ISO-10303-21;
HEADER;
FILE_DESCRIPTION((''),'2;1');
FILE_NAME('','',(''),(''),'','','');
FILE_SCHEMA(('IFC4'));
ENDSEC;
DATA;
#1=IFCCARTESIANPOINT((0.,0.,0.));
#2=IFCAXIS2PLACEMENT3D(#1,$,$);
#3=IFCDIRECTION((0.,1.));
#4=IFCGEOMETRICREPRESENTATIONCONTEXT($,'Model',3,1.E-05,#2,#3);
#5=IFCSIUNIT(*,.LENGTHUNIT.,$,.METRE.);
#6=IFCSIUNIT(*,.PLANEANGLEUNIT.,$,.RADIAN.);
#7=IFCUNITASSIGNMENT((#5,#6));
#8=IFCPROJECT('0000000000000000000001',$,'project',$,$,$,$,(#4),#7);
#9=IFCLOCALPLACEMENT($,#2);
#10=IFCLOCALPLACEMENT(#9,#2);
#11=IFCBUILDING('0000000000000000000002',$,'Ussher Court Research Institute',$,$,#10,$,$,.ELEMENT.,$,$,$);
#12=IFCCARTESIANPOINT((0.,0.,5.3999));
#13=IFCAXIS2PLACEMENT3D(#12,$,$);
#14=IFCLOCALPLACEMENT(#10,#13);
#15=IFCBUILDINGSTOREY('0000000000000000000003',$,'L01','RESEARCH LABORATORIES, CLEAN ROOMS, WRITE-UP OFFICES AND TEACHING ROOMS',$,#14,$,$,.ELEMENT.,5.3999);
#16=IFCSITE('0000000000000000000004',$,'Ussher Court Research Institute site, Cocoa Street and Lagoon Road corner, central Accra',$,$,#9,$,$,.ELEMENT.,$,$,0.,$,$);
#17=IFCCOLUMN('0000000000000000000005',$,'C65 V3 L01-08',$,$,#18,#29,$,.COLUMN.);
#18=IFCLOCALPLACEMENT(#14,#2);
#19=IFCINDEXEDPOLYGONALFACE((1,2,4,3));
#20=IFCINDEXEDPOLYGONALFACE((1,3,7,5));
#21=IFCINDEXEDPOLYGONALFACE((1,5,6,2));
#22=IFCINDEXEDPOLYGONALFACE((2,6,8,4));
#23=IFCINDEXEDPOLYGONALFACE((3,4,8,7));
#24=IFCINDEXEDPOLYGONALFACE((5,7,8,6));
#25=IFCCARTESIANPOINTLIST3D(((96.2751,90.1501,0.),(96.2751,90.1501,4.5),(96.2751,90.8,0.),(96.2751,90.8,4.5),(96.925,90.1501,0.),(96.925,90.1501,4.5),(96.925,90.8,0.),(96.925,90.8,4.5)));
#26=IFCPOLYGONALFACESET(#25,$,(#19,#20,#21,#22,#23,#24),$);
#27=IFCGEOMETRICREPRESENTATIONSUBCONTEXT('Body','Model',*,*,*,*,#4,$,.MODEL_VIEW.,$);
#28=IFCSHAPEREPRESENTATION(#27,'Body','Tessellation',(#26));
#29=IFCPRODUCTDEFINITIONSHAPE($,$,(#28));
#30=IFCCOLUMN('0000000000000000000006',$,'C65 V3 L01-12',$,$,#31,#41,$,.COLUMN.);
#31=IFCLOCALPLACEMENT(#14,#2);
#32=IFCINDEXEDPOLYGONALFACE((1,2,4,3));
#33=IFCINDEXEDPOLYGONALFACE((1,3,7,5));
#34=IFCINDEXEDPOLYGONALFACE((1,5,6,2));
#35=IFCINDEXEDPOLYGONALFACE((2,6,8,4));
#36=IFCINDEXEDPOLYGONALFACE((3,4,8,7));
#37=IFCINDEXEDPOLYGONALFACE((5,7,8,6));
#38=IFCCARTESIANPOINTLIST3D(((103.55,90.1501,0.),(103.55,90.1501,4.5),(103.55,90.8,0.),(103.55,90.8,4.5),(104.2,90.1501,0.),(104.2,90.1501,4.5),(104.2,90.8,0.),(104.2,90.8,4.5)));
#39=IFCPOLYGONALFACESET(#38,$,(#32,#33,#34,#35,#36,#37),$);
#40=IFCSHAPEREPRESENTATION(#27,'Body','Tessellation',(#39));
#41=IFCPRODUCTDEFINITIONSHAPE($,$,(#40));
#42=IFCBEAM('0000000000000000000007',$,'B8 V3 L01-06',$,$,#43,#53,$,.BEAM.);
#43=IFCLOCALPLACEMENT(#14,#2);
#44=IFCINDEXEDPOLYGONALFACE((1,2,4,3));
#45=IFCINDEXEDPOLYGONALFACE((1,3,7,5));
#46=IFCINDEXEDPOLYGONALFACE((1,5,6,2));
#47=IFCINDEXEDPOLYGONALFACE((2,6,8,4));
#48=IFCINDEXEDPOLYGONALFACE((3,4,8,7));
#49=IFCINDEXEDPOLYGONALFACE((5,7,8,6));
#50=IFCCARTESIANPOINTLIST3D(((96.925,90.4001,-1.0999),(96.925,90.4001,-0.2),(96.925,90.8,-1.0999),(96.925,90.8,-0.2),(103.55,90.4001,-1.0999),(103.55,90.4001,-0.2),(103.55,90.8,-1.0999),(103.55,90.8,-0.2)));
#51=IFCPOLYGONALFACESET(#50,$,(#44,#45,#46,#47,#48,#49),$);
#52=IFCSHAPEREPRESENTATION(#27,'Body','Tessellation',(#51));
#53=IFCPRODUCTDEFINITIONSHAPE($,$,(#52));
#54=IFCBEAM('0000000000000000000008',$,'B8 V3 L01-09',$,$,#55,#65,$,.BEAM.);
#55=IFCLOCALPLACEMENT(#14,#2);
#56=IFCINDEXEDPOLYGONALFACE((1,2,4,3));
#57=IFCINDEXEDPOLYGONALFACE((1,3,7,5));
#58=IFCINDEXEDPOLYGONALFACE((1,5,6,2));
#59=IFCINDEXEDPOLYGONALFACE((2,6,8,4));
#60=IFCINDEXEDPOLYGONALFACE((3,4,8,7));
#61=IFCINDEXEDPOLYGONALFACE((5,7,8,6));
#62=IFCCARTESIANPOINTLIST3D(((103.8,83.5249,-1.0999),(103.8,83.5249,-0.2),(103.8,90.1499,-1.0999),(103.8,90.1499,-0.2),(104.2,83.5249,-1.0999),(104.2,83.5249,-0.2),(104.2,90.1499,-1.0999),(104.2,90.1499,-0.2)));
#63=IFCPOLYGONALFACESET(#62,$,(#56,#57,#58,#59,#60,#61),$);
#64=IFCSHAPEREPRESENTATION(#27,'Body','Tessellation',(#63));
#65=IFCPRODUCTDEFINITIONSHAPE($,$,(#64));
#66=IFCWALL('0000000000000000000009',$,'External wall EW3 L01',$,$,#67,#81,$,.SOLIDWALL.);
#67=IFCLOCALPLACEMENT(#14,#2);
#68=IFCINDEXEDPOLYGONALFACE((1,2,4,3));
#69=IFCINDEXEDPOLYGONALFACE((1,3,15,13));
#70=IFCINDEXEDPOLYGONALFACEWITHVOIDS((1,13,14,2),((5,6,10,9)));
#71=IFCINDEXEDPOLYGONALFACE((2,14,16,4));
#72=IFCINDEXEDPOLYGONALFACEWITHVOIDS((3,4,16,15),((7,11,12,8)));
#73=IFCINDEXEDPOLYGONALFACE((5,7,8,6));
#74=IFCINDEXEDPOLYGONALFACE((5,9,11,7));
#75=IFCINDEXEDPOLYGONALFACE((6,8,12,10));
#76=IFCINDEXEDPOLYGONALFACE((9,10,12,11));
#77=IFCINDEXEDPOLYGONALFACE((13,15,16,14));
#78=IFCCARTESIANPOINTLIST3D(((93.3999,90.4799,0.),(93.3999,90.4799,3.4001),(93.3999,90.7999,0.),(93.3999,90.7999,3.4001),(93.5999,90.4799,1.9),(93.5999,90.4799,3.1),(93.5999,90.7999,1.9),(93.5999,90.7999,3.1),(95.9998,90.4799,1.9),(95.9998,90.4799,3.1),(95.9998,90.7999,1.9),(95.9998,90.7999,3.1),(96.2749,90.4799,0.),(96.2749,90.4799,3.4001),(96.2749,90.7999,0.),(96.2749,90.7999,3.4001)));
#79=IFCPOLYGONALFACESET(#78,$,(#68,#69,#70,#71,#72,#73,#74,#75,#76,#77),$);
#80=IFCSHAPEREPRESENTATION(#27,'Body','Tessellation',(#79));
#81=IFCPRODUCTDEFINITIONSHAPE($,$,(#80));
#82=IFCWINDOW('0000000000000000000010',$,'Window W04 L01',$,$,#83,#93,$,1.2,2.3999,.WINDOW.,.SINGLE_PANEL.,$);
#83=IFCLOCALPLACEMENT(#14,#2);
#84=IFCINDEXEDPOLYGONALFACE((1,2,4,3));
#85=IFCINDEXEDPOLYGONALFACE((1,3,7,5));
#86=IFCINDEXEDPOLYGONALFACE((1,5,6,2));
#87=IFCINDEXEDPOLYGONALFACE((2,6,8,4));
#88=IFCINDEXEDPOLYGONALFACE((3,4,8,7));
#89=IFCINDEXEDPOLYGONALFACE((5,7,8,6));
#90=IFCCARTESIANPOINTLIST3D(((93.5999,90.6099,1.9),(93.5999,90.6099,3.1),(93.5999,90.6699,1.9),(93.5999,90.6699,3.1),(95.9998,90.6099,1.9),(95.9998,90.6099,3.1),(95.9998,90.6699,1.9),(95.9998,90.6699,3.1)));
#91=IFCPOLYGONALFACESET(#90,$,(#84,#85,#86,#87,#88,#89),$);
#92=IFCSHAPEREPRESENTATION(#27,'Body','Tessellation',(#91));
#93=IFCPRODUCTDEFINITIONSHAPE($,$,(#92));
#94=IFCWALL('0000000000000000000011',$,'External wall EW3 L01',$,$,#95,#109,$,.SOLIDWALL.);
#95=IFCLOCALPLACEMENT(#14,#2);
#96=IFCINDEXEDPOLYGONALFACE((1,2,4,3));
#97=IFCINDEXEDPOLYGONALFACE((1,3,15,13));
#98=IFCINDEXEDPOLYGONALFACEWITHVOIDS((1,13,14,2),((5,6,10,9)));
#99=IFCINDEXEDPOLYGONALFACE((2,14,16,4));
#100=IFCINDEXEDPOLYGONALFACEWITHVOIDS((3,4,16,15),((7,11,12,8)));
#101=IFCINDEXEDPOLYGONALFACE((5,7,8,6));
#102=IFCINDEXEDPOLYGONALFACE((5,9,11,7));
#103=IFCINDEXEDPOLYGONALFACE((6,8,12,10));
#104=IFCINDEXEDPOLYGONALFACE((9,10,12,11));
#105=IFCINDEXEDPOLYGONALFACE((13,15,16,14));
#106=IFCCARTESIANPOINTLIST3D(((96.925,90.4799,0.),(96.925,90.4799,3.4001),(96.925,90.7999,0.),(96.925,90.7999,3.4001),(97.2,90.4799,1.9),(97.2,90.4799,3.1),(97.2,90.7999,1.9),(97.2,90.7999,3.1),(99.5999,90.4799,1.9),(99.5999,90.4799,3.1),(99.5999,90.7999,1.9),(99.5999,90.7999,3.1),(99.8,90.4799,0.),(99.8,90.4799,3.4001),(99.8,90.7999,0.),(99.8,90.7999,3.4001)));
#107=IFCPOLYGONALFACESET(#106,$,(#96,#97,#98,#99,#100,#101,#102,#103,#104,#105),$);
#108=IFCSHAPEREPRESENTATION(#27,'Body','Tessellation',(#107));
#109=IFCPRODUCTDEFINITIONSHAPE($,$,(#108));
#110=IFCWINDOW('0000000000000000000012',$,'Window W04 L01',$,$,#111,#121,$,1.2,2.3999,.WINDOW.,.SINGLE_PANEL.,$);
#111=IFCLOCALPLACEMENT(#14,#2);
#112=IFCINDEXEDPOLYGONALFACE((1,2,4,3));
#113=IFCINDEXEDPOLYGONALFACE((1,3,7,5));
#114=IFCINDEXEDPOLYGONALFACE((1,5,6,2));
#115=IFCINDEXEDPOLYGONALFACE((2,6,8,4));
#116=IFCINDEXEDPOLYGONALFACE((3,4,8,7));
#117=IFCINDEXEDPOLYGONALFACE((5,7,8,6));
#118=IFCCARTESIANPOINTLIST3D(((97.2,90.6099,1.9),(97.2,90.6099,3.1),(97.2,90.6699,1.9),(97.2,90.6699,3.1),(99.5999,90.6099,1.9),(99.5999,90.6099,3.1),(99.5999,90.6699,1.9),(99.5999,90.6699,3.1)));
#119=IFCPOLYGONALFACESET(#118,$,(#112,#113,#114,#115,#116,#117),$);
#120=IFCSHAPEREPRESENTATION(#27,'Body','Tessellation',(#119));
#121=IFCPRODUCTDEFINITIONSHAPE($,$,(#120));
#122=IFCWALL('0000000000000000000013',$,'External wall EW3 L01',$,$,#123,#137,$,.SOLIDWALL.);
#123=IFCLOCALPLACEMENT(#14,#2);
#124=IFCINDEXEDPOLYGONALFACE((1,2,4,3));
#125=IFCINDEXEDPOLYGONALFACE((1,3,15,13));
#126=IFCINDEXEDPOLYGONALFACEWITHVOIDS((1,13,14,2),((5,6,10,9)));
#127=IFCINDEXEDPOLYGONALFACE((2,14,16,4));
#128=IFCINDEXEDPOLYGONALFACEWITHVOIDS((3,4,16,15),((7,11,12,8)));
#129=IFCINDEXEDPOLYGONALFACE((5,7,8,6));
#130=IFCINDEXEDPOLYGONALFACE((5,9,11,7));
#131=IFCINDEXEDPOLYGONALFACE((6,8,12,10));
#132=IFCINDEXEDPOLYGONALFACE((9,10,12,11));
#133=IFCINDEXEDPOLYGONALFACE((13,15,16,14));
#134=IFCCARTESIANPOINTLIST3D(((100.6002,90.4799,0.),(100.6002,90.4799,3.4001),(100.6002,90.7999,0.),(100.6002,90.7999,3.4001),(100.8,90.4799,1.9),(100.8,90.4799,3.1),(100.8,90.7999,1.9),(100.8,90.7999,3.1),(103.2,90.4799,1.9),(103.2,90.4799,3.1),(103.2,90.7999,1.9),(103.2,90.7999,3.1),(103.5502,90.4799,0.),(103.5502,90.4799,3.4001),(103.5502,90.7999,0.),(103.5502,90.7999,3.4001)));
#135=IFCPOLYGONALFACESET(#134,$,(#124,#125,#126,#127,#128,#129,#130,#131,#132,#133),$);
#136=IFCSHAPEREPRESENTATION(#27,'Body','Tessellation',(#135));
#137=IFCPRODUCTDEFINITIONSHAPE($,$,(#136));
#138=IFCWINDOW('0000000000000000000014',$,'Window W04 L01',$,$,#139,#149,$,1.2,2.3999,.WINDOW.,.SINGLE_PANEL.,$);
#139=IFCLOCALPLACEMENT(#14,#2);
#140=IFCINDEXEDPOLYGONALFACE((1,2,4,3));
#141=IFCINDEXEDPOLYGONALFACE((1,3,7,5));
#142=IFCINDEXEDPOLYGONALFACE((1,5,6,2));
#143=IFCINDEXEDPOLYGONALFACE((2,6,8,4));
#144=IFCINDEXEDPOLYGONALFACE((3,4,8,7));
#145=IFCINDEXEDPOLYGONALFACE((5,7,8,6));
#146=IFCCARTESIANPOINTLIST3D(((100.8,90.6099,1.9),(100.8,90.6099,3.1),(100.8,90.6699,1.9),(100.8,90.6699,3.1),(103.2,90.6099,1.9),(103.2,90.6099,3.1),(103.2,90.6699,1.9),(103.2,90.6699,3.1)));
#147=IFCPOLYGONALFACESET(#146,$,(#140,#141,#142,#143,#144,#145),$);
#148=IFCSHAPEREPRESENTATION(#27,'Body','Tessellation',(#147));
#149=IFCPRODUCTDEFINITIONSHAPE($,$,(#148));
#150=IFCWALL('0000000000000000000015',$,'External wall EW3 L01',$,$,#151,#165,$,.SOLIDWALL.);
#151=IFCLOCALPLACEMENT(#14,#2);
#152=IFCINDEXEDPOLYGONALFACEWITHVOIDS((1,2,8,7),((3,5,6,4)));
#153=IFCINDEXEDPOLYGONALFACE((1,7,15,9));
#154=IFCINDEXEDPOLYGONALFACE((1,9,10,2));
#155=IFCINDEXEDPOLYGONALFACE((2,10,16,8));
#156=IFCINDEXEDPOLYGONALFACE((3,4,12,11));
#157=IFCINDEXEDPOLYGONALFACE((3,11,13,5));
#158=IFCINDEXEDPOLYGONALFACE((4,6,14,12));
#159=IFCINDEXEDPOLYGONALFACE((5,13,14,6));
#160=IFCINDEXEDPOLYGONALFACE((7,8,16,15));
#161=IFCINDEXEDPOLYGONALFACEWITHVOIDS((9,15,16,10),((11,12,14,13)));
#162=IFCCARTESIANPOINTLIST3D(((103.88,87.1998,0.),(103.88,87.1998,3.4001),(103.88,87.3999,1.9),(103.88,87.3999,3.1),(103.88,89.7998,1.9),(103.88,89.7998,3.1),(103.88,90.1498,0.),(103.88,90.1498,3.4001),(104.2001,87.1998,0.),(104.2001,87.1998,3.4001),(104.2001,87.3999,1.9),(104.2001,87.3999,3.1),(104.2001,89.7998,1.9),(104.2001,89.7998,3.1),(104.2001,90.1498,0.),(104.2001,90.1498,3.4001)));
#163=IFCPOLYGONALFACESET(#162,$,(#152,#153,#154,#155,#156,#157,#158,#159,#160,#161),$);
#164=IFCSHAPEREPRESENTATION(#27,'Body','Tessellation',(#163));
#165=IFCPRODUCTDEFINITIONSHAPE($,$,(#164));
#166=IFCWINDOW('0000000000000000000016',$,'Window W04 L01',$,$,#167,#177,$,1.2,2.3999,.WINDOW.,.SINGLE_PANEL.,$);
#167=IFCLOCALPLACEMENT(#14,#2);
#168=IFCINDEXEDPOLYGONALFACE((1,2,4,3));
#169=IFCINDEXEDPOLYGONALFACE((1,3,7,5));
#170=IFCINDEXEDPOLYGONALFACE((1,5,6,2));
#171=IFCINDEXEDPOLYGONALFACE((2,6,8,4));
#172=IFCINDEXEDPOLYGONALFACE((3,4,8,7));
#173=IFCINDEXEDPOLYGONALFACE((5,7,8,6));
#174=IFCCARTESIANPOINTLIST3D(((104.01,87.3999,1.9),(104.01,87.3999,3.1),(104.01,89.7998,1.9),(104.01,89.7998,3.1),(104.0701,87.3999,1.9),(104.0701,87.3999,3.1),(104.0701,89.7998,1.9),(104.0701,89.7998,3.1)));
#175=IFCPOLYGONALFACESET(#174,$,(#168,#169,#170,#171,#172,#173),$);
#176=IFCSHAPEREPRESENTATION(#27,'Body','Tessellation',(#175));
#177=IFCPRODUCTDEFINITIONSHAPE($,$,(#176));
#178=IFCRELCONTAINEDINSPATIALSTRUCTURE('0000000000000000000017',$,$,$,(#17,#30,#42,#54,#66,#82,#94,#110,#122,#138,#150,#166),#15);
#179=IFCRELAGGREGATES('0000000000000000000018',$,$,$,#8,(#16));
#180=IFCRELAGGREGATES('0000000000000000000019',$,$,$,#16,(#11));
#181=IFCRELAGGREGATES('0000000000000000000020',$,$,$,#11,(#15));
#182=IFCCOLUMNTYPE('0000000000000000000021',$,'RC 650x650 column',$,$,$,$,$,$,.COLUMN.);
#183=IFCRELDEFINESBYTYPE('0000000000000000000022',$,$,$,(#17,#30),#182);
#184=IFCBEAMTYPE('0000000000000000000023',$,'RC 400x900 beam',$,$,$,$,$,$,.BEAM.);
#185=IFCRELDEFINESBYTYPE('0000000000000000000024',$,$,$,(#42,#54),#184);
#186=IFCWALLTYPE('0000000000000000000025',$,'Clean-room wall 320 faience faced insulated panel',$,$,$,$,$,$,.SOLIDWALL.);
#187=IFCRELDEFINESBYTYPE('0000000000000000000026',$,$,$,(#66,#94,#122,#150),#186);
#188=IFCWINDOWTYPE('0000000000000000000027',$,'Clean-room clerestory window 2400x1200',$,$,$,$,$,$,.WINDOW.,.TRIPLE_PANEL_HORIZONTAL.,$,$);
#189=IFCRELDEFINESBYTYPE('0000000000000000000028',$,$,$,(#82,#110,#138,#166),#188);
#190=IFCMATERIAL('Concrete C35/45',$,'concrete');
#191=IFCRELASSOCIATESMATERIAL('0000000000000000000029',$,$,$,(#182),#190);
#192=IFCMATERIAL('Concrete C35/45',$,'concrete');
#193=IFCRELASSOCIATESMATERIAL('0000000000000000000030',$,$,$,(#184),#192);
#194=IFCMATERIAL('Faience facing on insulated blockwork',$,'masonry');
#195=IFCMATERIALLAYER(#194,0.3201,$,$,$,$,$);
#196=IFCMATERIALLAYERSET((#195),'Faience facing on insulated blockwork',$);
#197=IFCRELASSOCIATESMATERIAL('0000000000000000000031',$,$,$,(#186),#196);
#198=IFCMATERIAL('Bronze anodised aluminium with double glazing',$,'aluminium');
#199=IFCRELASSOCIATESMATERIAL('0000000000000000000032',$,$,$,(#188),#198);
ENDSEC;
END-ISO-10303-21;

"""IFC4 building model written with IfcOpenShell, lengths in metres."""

from ifc_helpers import new_model, si_unit, direction, frame, frame_2d, origin, origin_2d, place, context, subcontext, project, spatial, rectangle, extrude, material, layer, layer_set, material_profile, profile_set, type_object, element, fill, save


model = new_model("IFC4")

# Units and contexts
model_context = context("Model", 3, precision=1e-05, world=origin(), true_north=direction((0.0, 1.0)))
body_context = subcontext(model_context, "Body", "Model", "MODEL_VIEW")
ifc_project = project(units=[si_unit("LENGTHUNIT", "METRE"), si_unit("PLANEANGLEUNIT", "RADIAN")], contexts=[model_context])

# Site, building, storey
site_placement = place(None, origin())
site = spatial("IfcSite", under=ifc_project, at=site_placement, Name="Ussher Court Research Institute site, Cocoa Street and Lagoon Road corner, central Accra", CompositionType="ELEMENT", RefElevation=0.0)
building_placement = place(site_placement, origin())
building = spatial("IfcBuilding", under=site, at=building_placement, Name="Ussher Court Research Institute", CompositionType="ELEMENT")
storey_placement = place(building_placement, frame((0.0, 0.0, 5.3999)))
storey = spatial("IfcBuildingStorey", under=building, at=storey_placement, Name="L01", Description="RESEARCH LABORATORIES, CLEAN ROOMS, WRITE-UP OFFICES AND TEACHING ROOMS", CompositionType="ELEMENT", Elevation=5.3999)

# Columns
ifc_material_1 = material(Name="Concrete C35/45", Category="concrete")
ifc_material_profile_1 = material_profile(ifc_material_1, rectangle(XDim=0.6499, YDim=0.6499, at=origin_2d()), Name="RC 650x650")
ifc_profile_set_1 = profile_set([ifc_material_profile_1], Name="Concrete C35/45")
column_type = type_object("IfcColumnType", Name="RC 650x650 column", PredefinedType="COLUMN", material=ifc_profile_set_1)
for number, where, z_axis, x_axis, name in (
    (1, (96.6001, 90.4751, 0.0), (0.0, 0.0, 1.0), (1.0, 0.0, 0.0), "C65 V3 L01-08"),
    (2, (103.875, 90.4751, 0.0), (0.0, 0.0, 1.0), (1.0, 0.0, 0.0), "C65 V3 L01-12"),
):
    element("IfcColumn", number, at=place(storey_placement, frame(where, z_axis=z_axis, x_axis=x_axis)), inside=storey, type_object=column_type, Name=name, PredefinedType="COLUMN", context=body_context, shape_type="SweptSolid", body=[
        extrude(rectangle(XDim=0.6499, YDim=0.6499, at=origin_2d()), origin(), (0.0, 0.0, 1.0), 4.5),
    ])

# Beams
ifc_material_2 = material(Name="Concrete C35/45", Category="concrete")
ifc_material_profile_2 = material_profile(ifc_material_2, rectangle(XDim=0.3999, YDim=0.8999, at=origin_2d()), Name="RC 400x900")
ifc_profile_set_2 = profile_set([ifc_material_profile_2], Name="Concrete C35/45")
beam_type = type_object("IfcBeamType", Name="RC 400x900 beam", PredefinedType="BEAM", material=ifc_profile_set_2)
for number, where, z_axis, x_axis, name in (
    (3, (96.925, 90.6001, -0.6499), (1.0, 0.0, 0.0), (0.0, 1.0, 0.0), "B8 V3 L01-06"),
    (4, (104.0, 83.5249, -0.6499), (0.0, 1.0, 0.0), (-1.0, 0.0, 0.0), "B8 V3 L01-09"),
):
    element("IfcBeam", number, at=place(storey_placement, frame(where, z_axis=z_axis, x_axis=x_axis)), inside=storey, type_object=beam_type, Name=name, PredefinedType="BEAM", context=body_context, shape_type="SweptSolid", body=[
        extrude(rectangle(XDim=0.3999, YDim=0.8999, at=origin_2d()), origin(), (0.0, 0.0, 1.0), 6.625),
    ])

# Walls, openings, windows
ifc_material_3 = material(Name="Faience facing on insulated blockwork", Category="masonry")
ifc_layer_1 = layer(ifc_material_3, 0.3201)
ifc_layer_set_1 = layer_set([ifc_layer_1], Name="Faience facing on insulated blockwork")
wall_type_1 = type_object("IfcWallType", Name="Clean-room wall 320 faience faced insulated panel", PredefinedType="SOLIDWALL", material=ifc_layer_set_1)
wall_1_placement = place(storey_placement, frame((93.3999, 90.6399, 0.0), z_axis=(0.0, 0.0, 1.0), x_axis=(1.0, 0.0, 0.0)))
wall_1 = element("IfcWall", 5, at=wall_1_placement, inside=storey, type_object=wall_type_1, Name="External wall EW3 L01", PredefinedType="SOLIDWALL", context=body_context, shape_type="SweptSolid", body=[
    extrude(rectangle(XDim=2.875, YDim=0.3201, at=frame_2d((1.4375, 0.0))), origin(), (0.0, 0.0, 1.0), 3.4001),
])
opening_1_placement = place(wall_1_placement, frame((0.2, 0.0, 1.8999)))
opening_1 = element("IfcOpeningElement", 6, at=opening_1_placement, cuts=wall_1, PredefinedType="OPENING", context=body_context, shape_type="SweptSolid", body=[
    extrude(rectangle(XDim=2.3999, YDim=1.2, at=frame_2d((1.2, 0.6001))), frame((0.0, 0.1699, 0.0), z_axis=(0.0, -1.0, 0.0), x_axis=(1.0, 0.0, 0.0)), (0.0, 0.0, 1.0), 0.3401),
])
ifc_material_4 = material(Name="Bronze anodised aluminium with double glazing", Category="aluminium")
window_type = type_object("IfcWindowType", Name="Clean-room clerestory window 2400x1200", PartitioningType="TRIPLE_PANEL_HORIZONTAL", PredefinedType="WINDOW", material=ifc_material_4)
window_1_placement = place(opening_1_placement, origin())
window_1 = element("IfcWindow", 7, at=window_1_placement, inside=storey, type_object=window_type, Name="Window W04 L01", OverallHeight=1.2, OverallWidth=2.3999, PartitioningType="SINGLE_PANEL", PredefinedType="WINDOW", context=body_context, shape_type="SweptSolid", body=[
    extrude(rectangle(XDim=2.3999, YDim=1.2, at=frame_2d((1.2, 0.6001))), frame((0.0, 0.03, 0.0), z_axis=(0.0, -1.0, 0.0), x_axis=(1.0, 0.0, 0.0)), (0.0, 0.0, 1.0), 0.0601),
])
fill(opening_1, window_1)
wall_2_placement = place(storey_placement, frame((96.925, 90.6399, 0.0), z_axis=(0.0, 0.0, 1.0), x_axis=(1.0, 0.0, 0.0)))
wall_2 = element("IfcWall", 8, at=wall_2_placement, inside=storey, type_object=wall_type_1, Name="External wall EW3 L01", PredefinedType="SOLIDWALL", context=body_context, shape_type="SweptSolid", body=[
    extrude(rectangle(XDim=2.875, YDim=0.3201, at=frame_2d((1.4375, 0.0))), origin(), (0.0, 0.0, 1.0), 3.4001),
])
opening_2_placement = place(wall_2_placement, frame((0.2749, 0.0, 1.8999)))
opening_2 = element("IfcOpeningElement", 9, at=opening_2_placement, cuts=wall_2, PredefinedType="OPENING", context=body_context, shape_type="SweptSolid", body=[
    extrude(rectangle(XDim=2.3999, YDim=1.2, at=frame_2d((1.2, 0.6001))), frame((0.0, 0.1699, 0.0), z_axis=(0.0, -1.0, 0.0), x_axis=(1.0, 0.0, 0.0)), (0.0, 0.0, 1.0), 0.3401),
])
window_2_placement = place(opening_2_placement, origin())
window_2 = element("IfcWindow", 10, at=window_2_placement, inside=storey, type_object=window_type, Name="Window W04 L01", OverallHeight=1.2, OverallWidth=2.3999, PartitioningType="SINGLE_PANEL", PredefinedType="WINDOW", context=body_context, shape_type="SweptSolid", body=[
    extrude(rectangle(XDim=2.3999, YDim=1.2, at=frame_2d((1.2, 0.6001))), frame((0.0, 0.03, 0.0), z_axis=(0.0, -1.0, 0.0), x_axis=(1.0, 0.0, 0.0)), (0.0, 0.0, 1.0), 0.0601),
])
fill(opening_2, window_2)
wall_3_placement = place(storey_placement, frame((100.6001, 90.6399, 0.0), z_axis=(0.0, 0.0, 1.0), x_axis=(1.0, 0.0, 0.0)))
wall_3 = element("IfcWall", 11, at=wall_3_placement, inside=storey, type_object=wall_type_1, Name="External wall EW3 L01", PredefinedType="SOLIDWALL", context=body_context, shape_type="SweptSolid", body=[
    extrude(rectangle(XDim=2.95, YDim=0.3201, at=frame_2d((1.4751, 0.0))), origin(), (0.0, 0.0, 1.0), 3.4001),
])
opening_3_placement = place(wall_3_placement, frame((0.2, 0.0, 1.8999)))
opening_3 = element("IfcOpeningElement", 12, at=opening_3_placement, cuts=wall_3, PredefinedType="OPENING", context=body_context, shape_type="SweptSolid", body=[
    extrude(rectangle(XDim=2.3999, YDim=1.2, at=frame_2d((1.2, 0.6001))), frame((0.0, 0.1699, 0.0), z_axis=(0.0, -1.0, 0.0), x_axis=(1.0, 0.0, 0.0)), (0.0, 0.0, 1.0), 0.3401),
])
window_3_placement = place(opening_3_placement, origin())
window_3 = element("IfcWindow", 13, at=window_3_placement, inside=storey, type_object=window_type, Name="Window W04 L01", OverallHeight=1.2, OverallWidth=2.3999, PartitioningType="SINGLE_PANEL", PredefinedType="WINDOW", context=body_context, shape_type="SweptSolid", body=[
    extrude(rectangle(XDim=2.3999, YDim=1.2, at=frame_2d((1.2, 0.6001))), frame((0.0, 0.03, 0.0), z_axis=(0.0, -1.0, 0.0), x_axis=(1.0, 0.0, 0.0)), (0.0, 0.0, 1.0), 0.0601),
])
fill(opening_3, window_3)
wall_4_placement = place(storey_placement, frame((104.04, 90.1499, 0.0), z_axis=(0.0, 0.0, 1.0), x_axis=(0.0, -1.0, 0.0)))
wall_4 = element("IfcWall", 14, at=wall_4_placement, inside=storey, type_object=wall_type_1, Name="External wall EW3 L01", PredefinedType="SOLIDWALL", context=body_context, shape_type="SweptSolid", body=[
    extrude(rectangle(XDim=2.95, YDim=0.3201, at=frame_2d((1.4751, 0.0))), origin(), (0.0, 0.0, 1.0), 3.4001),
])
opening_4_placement = place(wall_4_placement, frame((0.3501, 0.0, 1.8999)))
opening_4 = element("IfcOpeningElement", 15, at=opening_4_placement, cuts=wall_4, PredefinedType="OPENING", context=body_context, shape_type="SweptSolid", body=[
    extrude(rectangle(XDim=2.3999, YDim=1.2, at=frame_2d((1.2, 0.6001))), frame((0.0, 0.1699, 0.0), z_axis=(0.0, -1.0, 0.0), x_axis=(1.0, 0.0, 0.0)), (0.0, 0.0, 1.0), 0.3401),
])
window_4_placement = place(opening_4_placement, origin())
window_4 = element("IfcWindow", 16, at=window_4_placement, inside=storey, type_object=window_type, Name="Window W04 L01", OverallHeight=1.2, OverallWidth=2.3999, PartitioningType="SINGLE_PANEL", PredefinedType="WINDOW", context=body_context, shape_type="SweptSolid", body=[
    extrude(rectangle(XDim=2.3999, YDim=1.2, at=frame_2d((1.2, 0.6001))), frame((0.0, 0.03, 0.0), z_axis=(0.0, -1.0, 0.0), x_axis=(1.0, 0.0, 0.0)), (0.0, 0.0, 1.0), 0.0601),
])
fill(opening_4, window_4)

save(model, "model.ifc")
